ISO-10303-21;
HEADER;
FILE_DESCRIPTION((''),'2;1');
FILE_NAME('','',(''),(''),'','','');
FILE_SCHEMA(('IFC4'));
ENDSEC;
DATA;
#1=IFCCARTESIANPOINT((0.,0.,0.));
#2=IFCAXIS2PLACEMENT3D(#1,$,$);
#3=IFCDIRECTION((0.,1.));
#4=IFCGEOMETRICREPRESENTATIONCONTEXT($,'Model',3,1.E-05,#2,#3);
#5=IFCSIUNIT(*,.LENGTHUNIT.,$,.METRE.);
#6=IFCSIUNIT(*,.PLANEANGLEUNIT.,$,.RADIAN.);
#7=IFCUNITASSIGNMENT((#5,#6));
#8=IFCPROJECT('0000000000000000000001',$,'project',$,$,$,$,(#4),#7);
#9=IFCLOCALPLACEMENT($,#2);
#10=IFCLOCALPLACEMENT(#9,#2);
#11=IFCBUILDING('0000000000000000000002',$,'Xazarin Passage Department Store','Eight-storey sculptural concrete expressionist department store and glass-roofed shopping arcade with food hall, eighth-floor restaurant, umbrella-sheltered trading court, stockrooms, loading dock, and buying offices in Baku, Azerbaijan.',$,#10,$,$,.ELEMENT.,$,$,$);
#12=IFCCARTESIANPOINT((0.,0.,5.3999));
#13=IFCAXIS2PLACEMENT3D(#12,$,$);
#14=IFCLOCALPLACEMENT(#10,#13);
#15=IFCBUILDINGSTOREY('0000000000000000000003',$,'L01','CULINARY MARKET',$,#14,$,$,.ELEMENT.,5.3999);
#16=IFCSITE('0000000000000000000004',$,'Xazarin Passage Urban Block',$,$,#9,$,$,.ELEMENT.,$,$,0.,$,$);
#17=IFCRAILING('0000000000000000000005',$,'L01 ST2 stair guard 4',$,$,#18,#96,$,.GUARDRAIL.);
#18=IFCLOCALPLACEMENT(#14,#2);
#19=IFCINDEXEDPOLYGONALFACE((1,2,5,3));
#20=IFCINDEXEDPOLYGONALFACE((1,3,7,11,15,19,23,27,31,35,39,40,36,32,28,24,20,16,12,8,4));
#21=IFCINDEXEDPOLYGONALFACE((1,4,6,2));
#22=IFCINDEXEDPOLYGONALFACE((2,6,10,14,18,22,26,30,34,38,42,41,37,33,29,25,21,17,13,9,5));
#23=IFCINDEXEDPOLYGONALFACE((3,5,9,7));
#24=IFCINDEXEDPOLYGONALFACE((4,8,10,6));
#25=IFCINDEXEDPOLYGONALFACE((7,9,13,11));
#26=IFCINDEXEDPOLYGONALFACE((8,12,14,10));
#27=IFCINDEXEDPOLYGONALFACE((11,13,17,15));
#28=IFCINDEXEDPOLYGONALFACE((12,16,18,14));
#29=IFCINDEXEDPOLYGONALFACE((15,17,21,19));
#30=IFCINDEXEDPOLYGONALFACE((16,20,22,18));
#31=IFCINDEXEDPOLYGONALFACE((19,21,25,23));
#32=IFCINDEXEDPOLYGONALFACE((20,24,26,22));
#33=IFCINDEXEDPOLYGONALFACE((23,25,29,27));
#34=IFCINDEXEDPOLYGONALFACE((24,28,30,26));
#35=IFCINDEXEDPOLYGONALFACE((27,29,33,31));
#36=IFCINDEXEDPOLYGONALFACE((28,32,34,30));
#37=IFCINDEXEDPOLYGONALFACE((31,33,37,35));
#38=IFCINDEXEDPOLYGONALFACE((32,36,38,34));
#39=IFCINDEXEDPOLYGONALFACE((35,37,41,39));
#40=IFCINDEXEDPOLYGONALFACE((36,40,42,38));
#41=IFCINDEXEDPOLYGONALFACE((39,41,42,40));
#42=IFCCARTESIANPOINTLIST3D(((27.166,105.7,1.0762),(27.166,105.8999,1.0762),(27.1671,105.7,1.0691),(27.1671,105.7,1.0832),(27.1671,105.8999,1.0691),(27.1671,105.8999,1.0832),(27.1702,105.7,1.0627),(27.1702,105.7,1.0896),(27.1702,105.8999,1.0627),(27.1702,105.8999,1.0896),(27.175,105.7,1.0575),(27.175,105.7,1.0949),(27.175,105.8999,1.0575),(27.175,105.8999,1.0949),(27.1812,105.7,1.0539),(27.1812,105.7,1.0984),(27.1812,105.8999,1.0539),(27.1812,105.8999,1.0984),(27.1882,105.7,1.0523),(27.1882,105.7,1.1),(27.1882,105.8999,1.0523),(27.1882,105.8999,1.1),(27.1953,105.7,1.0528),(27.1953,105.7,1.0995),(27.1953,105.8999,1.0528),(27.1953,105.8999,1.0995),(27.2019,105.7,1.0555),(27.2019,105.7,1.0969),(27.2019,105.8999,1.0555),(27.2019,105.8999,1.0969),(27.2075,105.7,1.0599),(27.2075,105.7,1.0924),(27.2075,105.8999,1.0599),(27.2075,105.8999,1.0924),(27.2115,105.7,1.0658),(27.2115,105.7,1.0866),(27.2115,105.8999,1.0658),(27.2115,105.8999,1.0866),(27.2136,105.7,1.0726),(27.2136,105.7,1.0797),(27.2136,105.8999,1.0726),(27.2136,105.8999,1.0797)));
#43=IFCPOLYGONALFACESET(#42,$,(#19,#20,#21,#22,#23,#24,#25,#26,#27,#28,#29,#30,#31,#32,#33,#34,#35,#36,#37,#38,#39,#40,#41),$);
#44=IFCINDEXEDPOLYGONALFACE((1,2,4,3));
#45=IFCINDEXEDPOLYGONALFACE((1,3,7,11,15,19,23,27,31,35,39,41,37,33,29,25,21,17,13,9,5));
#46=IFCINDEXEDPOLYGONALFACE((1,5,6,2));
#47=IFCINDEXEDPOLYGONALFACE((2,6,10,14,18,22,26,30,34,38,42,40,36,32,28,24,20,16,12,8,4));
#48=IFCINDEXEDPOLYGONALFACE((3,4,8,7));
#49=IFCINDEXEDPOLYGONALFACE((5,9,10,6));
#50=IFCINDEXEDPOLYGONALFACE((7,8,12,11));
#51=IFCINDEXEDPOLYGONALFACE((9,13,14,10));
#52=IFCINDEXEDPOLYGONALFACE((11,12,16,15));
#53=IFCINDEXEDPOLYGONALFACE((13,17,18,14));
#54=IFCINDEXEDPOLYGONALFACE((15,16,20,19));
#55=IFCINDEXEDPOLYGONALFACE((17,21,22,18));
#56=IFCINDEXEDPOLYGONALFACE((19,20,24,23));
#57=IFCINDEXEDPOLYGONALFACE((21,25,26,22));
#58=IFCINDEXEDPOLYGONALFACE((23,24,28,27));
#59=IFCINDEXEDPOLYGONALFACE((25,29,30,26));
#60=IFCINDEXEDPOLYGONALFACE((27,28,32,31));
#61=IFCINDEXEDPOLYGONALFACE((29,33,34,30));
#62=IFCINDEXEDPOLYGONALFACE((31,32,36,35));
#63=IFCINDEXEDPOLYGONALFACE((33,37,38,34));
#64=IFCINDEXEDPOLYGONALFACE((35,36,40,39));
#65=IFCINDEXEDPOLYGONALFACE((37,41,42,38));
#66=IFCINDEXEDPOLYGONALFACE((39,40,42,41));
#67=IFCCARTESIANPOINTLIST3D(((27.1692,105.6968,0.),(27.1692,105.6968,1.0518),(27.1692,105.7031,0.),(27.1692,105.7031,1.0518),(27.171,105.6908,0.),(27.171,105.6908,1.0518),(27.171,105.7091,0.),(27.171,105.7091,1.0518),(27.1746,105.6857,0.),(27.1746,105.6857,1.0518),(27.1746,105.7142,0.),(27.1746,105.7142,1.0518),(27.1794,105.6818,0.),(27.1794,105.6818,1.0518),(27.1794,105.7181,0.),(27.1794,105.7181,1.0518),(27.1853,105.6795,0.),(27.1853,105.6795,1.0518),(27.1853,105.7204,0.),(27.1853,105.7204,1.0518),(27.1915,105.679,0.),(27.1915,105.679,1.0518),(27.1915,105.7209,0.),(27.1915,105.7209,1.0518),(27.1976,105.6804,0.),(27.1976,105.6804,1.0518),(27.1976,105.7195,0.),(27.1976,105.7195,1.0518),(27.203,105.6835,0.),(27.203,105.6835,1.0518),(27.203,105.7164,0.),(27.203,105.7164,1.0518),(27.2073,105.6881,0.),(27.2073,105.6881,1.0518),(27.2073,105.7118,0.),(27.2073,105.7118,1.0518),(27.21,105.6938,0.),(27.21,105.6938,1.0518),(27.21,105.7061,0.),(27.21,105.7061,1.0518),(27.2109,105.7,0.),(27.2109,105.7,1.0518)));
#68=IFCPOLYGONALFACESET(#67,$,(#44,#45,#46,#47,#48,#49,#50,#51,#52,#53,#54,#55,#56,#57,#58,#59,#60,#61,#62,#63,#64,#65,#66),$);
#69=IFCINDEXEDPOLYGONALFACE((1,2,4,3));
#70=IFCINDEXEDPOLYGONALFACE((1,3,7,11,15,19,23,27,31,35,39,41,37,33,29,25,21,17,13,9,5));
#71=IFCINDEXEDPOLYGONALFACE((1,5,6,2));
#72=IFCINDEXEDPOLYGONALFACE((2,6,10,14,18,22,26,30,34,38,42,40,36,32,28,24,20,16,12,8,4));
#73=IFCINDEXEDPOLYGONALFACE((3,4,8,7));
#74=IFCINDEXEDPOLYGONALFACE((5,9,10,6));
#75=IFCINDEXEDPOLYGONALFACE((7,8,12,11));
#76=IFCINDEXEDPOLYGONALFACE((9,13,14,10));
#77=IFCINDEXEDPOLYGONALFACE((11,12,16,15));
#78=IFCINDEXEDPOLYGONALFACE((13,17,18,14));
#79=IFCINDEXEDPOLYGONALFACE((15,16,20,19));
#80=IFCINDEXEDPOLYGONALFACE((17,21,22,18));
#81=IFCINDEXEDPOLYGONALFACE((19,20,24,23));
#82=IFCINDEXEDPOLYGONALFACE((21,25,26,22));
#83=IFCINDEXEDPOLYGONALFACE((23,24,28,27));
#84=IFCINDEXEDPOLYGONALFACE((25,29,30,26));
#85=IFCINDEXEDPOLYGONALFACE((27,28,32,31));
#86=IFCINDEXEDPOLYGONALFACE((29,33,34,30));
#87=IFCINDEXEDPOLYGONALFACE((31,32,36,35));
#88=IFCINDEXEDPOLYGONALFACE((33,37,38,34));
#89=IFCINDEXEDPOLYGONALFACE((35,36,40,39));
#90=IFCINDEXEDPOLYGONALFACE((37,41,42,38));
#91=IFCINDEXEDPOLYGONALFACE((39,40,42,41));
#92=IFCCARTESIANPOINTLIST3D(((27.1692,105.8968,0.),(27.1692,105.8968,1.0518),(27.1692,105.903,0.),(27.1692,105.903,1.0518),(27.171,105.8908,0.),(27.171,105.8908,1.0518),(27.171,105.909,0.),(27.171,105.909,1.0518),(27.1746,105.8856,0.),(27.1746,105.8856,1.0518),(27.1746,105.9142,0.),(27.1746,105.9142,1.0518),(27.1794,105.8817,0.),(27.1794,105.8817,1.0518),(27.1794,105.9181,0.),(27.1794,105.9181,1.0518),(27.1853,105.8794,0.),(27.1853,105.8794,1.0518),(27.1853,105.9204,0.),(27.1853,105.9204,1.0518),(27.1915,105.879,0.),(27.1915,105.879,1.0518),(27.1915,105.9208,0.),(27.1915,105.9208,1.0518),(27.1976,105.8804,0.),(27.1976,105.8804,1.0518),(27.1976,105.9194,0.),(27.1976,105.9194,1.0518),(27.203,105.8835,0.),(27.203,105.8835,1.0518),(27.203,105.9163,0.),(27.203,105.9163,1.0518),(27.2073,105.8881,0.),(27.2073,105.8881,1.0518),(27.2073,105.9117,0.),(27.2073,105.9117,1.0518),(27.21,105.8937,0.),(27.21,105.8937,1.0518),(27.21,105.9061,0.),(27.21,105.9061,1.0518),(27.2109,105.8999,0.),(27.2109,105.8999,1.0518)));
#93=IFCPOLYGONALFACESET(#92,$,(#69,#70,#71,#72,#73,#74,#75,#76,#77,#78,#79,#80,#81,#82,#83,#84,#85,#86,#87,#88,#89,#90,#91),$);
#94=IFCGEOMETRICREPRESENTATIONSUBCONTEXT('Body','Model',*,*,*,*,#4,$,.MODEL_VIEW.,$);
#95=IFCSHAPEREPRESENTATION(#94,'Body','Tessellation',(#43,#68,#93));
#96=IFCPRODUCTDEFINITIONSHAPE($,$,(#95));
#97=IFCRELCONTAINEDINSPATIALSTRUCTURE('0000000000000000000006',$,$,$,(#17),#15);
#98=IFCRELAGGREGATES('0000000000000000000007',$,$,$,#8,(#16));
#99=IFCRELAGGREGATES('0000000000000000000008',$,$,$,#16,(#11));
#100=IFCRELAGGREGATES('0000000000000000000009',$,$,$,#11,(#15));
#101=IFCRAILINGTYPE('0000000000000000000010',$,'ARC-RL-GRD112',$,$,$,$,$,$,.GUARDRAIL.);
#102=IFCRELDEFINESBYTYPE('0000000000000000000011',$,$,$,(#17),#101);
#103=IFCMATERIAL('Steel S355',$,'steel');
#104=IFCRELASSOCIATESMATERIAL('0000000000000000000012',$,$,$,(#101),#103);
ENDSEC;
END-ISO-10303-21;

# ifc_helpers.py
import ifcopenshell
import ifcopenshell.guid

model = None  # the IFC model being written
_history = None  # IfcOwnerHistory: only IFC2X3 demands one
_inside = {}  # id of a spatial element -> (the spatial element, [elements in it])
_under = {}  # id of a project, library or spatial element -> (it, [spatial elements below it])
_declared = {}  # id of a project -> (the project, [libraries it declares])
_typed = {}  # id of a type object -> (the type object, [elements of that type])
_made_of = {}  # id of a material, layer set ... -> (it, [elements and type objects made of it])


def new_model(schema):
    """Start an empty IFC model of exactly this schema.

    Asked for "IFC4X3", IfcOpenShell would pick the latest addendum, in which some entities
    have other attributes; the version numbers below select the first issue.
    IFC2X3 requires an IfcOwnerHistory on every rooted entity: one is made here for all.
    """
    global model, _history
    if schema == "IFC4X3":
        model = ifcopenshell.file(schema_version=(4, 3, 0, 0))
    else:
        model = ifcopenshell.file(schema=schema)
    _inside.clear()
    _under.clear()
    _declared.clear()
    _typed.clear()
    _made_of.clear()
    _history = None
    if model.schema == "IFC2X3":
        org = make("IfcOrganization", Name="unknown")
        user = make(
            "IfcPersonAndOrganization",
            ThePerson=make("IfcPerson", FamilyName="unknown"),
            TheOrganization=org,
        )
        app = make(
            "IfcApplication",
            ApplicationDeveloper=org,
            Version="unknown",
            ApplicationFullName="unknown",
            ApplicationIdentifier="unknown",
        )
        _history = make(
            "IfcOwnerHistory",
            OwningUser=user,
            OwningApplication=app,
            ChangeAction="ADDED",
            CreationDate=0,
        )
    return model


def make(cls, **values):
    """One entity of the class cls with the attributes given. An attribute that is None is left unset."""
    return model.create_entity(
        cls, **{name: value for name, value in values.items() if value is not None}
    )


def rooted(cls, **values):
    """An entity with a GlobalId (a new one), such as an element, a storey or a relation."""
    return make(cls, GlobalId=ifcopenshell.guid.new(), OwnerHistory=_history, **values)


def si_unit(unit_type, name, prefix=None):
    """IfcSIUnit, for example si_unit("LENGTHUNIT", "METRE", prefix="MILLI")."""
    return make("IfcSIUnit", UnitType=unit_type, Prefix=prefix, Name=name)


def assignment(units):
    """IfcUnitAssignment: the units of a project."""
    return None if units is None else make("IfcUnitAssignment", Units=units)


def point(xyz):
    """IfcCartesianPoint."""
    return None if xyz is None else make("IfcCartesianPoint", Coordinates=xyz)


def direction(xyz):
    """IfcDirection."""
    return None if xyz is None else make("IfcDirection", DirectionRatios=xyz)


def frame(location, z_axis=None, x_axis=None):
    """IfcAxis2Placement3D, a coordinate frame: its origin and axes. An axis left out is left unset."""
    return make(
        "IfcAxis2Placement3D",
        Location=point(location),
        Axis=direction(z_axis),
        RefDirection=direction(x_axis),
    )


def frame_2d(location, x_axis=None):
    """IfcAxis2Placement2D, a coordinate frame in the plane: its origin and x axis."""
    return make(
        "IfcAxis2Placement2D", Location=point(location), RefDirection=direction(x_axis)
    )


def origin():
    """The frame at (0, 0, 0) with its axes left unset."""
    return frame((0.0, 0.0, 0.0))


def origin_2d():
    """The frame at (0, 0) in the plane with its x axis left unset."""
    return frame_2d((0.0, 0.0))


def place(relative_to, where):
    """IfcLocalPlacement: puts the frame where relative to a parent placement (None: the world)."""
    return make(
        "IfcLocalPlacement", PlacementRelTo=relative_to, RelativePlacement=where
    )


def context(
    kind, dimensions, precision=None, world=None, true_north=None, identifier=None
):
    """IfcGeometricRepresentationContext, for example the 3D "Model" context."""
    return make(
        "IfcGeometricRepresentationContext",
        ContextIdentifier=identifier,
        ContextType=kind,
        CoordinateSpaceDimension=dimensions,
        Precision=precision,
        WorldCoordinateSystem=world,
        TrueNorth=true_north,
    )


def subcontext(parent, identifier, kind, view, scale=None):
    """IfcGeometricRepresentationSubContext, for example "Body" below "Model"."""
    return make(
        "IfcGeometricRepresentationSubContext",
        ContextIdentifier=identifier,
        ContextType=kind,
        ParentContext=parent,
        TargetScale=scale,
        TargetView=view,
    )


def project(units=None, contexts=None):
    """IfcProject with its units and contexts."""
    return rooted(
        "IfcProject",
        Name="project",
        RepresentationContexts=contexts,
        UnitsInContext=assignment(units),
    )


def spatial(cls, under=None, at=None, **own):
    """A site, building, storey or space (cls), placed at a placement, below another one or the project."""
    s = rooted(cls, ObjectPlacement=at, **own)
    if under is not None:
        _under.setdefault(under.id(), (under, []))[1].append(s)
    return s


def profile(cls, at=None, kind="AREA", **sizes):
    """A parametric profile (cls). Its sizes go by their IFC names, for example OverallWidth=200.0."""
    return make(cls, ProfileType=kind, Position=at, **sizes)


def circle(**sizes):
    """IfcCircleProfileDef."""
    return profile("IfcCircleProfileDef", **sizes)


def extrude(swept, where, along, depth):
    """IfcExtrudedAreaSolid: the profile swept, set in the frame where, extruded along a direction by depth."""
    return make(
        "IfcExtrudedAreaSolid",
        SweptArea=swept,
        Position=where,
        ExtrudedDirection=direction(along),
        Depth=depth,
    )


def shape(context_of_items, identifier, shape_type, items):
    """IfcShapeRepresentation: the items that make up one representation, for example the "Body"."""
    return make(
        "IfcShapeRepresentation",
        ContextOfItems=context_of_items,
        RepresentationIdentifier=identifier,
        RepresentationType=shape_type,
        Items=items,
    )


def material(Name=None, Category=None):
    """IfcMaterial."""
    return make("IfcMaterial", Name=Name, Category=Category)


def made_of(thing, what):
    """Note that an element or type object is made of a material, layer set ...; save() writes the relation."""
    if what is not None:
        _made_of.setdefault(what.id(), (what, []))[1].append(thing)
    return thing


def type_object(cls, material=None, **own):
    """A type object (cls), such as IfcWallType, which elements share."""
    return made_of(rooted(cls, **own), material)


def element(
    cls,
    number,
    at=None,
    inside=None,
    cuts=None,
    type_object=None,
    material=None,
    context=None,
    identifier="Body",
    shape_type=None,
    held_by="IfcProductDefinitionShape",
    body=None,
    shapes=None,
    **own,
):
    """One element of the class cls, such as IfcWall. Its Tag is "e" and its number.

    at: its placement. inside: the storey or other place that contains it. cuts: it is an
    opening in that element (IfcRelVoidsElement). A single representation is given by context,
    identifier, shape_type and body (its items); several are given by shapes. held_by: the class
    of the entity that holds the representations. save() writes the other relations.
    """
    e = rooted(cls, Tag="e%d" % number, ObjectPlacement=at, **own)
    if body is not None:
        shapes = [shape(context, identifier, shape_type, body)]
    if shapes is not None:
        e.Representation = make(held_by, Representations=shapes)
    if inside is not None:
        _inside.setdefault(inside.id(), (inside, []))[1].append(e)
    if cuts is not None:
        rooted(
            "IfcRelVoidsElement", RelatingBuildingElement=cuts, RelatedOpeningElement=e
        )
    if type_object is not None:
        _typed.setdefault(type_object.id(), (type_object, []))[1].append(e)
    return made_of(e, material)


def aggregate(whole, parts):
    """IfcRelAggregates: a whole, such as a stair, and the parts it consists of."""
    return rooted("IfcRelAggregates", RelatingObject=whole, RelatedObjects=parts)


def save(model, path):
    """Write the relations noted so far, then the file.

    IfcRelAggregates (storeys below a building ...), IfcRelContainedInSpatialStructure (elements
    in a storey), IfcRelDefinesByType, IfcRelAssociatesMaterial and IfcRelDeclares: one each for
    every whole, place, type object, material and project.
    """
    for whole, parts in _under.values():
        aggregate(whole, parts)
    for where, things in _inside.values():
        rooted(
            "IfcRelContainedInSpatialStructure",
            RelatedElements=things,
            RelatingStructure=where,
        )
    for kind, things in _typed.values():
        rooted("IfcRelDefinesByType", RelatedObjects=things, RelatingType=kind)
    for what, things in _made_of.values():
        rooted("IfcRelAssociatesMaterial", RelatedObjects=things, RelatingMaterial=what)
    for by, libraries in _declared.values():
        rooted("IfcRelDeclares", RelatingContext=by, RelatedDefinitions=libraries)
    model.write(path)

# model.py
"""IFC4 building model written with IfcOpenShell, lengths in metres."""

from ifc_helpers import new_model, si_unit, direction, frame, origin, origin_2d, place, context, subcontext, project, spatial, circle, extrude, material, type_object, element, save


model = new_model("IFC4")

# Units and contexts
model_context = context("Model", 3, precision=1e-05, world=origin(), true_north=direction((0.0, 1.0)))
body_context = subcontext(model_context, "Body", "Model", "MODEL_VIEW")
ifc_project = project(units=[si_unit("LENGTHUNIT", "METRE"), si_unit("PLANEANGLEUNIT", "RADIAN")], contexts=[model_context])

# Site, building, storey
site_placement = place(None, origin())
site = spatial("IfcSite", under=ifc_project, at=site_placement, Name="Xazarin Passage Urban Block", CompositionType="ELEMENT", RefElevation=0.0)
building_placement = place(site_placement, origin())
building = spatial("IfcBuilding", under=site, at=building_placement, Name="Xazarin Passage Department Store", Description="Eight-storey sculptural concrete expressionist department store and glass-roofed shopping arcade with food hall, eighth-floor restaurant, umbrella-sheltered trading court, stockrooms, loading dock, and buying offices in Baku, Azerbaijan.", CompositionType="ELEMENT")
storey_placement = place(building_placement, frame((0.0, 0.0, 5.3999)))
storey = spatial("IfcBuildingStorey", under=building, at=storey_placement, Name="L01", Description="CULINARY MARKET", CompositionType="ELEMENT", Elevation=5.3999)

# Railing
ifc_material_1 = material(Name="Steel S355", Category="steel")
railing_type_1 = type_object("IfcRailingType", Name="ARC-RL-GRD112", PredefinedType="GUARDRAIL", material=ifc_material_1)
railing_1_placement = place(storey_placement, frame((27.1899, 105.7, 0.0)))
element("IfcRailing", 1, at=railing_1_placement, inside=storey, type_object=railing_type_1, Name="L01 ST2 stair guard 4", PredefinedType="GUARDRAIL", context=body_context, shape_type="SweptSolid", body=[
    extrude(circle(Radius=0.0239, at=origin_2d()), frame((0.0, 0.0, 1.0762), z_axis=(0.0, 1.0, 0.0), x_axis=(-1.0, 0.0, 0.0)), (0.0, 0.0, 1.0), 0.2),
    extrude(circle(Radius=0.021, at=origin_2d()), origin(), (0.0, 0.0, 1.0), 1.0518),
    extrude(circle(Radius=0.021, at=origin_2d()), frame((0.0, 0.2, 0.0)), (0.0, 0.0, 1.0), 1.0518),
])

save(model, "model.ifc")
